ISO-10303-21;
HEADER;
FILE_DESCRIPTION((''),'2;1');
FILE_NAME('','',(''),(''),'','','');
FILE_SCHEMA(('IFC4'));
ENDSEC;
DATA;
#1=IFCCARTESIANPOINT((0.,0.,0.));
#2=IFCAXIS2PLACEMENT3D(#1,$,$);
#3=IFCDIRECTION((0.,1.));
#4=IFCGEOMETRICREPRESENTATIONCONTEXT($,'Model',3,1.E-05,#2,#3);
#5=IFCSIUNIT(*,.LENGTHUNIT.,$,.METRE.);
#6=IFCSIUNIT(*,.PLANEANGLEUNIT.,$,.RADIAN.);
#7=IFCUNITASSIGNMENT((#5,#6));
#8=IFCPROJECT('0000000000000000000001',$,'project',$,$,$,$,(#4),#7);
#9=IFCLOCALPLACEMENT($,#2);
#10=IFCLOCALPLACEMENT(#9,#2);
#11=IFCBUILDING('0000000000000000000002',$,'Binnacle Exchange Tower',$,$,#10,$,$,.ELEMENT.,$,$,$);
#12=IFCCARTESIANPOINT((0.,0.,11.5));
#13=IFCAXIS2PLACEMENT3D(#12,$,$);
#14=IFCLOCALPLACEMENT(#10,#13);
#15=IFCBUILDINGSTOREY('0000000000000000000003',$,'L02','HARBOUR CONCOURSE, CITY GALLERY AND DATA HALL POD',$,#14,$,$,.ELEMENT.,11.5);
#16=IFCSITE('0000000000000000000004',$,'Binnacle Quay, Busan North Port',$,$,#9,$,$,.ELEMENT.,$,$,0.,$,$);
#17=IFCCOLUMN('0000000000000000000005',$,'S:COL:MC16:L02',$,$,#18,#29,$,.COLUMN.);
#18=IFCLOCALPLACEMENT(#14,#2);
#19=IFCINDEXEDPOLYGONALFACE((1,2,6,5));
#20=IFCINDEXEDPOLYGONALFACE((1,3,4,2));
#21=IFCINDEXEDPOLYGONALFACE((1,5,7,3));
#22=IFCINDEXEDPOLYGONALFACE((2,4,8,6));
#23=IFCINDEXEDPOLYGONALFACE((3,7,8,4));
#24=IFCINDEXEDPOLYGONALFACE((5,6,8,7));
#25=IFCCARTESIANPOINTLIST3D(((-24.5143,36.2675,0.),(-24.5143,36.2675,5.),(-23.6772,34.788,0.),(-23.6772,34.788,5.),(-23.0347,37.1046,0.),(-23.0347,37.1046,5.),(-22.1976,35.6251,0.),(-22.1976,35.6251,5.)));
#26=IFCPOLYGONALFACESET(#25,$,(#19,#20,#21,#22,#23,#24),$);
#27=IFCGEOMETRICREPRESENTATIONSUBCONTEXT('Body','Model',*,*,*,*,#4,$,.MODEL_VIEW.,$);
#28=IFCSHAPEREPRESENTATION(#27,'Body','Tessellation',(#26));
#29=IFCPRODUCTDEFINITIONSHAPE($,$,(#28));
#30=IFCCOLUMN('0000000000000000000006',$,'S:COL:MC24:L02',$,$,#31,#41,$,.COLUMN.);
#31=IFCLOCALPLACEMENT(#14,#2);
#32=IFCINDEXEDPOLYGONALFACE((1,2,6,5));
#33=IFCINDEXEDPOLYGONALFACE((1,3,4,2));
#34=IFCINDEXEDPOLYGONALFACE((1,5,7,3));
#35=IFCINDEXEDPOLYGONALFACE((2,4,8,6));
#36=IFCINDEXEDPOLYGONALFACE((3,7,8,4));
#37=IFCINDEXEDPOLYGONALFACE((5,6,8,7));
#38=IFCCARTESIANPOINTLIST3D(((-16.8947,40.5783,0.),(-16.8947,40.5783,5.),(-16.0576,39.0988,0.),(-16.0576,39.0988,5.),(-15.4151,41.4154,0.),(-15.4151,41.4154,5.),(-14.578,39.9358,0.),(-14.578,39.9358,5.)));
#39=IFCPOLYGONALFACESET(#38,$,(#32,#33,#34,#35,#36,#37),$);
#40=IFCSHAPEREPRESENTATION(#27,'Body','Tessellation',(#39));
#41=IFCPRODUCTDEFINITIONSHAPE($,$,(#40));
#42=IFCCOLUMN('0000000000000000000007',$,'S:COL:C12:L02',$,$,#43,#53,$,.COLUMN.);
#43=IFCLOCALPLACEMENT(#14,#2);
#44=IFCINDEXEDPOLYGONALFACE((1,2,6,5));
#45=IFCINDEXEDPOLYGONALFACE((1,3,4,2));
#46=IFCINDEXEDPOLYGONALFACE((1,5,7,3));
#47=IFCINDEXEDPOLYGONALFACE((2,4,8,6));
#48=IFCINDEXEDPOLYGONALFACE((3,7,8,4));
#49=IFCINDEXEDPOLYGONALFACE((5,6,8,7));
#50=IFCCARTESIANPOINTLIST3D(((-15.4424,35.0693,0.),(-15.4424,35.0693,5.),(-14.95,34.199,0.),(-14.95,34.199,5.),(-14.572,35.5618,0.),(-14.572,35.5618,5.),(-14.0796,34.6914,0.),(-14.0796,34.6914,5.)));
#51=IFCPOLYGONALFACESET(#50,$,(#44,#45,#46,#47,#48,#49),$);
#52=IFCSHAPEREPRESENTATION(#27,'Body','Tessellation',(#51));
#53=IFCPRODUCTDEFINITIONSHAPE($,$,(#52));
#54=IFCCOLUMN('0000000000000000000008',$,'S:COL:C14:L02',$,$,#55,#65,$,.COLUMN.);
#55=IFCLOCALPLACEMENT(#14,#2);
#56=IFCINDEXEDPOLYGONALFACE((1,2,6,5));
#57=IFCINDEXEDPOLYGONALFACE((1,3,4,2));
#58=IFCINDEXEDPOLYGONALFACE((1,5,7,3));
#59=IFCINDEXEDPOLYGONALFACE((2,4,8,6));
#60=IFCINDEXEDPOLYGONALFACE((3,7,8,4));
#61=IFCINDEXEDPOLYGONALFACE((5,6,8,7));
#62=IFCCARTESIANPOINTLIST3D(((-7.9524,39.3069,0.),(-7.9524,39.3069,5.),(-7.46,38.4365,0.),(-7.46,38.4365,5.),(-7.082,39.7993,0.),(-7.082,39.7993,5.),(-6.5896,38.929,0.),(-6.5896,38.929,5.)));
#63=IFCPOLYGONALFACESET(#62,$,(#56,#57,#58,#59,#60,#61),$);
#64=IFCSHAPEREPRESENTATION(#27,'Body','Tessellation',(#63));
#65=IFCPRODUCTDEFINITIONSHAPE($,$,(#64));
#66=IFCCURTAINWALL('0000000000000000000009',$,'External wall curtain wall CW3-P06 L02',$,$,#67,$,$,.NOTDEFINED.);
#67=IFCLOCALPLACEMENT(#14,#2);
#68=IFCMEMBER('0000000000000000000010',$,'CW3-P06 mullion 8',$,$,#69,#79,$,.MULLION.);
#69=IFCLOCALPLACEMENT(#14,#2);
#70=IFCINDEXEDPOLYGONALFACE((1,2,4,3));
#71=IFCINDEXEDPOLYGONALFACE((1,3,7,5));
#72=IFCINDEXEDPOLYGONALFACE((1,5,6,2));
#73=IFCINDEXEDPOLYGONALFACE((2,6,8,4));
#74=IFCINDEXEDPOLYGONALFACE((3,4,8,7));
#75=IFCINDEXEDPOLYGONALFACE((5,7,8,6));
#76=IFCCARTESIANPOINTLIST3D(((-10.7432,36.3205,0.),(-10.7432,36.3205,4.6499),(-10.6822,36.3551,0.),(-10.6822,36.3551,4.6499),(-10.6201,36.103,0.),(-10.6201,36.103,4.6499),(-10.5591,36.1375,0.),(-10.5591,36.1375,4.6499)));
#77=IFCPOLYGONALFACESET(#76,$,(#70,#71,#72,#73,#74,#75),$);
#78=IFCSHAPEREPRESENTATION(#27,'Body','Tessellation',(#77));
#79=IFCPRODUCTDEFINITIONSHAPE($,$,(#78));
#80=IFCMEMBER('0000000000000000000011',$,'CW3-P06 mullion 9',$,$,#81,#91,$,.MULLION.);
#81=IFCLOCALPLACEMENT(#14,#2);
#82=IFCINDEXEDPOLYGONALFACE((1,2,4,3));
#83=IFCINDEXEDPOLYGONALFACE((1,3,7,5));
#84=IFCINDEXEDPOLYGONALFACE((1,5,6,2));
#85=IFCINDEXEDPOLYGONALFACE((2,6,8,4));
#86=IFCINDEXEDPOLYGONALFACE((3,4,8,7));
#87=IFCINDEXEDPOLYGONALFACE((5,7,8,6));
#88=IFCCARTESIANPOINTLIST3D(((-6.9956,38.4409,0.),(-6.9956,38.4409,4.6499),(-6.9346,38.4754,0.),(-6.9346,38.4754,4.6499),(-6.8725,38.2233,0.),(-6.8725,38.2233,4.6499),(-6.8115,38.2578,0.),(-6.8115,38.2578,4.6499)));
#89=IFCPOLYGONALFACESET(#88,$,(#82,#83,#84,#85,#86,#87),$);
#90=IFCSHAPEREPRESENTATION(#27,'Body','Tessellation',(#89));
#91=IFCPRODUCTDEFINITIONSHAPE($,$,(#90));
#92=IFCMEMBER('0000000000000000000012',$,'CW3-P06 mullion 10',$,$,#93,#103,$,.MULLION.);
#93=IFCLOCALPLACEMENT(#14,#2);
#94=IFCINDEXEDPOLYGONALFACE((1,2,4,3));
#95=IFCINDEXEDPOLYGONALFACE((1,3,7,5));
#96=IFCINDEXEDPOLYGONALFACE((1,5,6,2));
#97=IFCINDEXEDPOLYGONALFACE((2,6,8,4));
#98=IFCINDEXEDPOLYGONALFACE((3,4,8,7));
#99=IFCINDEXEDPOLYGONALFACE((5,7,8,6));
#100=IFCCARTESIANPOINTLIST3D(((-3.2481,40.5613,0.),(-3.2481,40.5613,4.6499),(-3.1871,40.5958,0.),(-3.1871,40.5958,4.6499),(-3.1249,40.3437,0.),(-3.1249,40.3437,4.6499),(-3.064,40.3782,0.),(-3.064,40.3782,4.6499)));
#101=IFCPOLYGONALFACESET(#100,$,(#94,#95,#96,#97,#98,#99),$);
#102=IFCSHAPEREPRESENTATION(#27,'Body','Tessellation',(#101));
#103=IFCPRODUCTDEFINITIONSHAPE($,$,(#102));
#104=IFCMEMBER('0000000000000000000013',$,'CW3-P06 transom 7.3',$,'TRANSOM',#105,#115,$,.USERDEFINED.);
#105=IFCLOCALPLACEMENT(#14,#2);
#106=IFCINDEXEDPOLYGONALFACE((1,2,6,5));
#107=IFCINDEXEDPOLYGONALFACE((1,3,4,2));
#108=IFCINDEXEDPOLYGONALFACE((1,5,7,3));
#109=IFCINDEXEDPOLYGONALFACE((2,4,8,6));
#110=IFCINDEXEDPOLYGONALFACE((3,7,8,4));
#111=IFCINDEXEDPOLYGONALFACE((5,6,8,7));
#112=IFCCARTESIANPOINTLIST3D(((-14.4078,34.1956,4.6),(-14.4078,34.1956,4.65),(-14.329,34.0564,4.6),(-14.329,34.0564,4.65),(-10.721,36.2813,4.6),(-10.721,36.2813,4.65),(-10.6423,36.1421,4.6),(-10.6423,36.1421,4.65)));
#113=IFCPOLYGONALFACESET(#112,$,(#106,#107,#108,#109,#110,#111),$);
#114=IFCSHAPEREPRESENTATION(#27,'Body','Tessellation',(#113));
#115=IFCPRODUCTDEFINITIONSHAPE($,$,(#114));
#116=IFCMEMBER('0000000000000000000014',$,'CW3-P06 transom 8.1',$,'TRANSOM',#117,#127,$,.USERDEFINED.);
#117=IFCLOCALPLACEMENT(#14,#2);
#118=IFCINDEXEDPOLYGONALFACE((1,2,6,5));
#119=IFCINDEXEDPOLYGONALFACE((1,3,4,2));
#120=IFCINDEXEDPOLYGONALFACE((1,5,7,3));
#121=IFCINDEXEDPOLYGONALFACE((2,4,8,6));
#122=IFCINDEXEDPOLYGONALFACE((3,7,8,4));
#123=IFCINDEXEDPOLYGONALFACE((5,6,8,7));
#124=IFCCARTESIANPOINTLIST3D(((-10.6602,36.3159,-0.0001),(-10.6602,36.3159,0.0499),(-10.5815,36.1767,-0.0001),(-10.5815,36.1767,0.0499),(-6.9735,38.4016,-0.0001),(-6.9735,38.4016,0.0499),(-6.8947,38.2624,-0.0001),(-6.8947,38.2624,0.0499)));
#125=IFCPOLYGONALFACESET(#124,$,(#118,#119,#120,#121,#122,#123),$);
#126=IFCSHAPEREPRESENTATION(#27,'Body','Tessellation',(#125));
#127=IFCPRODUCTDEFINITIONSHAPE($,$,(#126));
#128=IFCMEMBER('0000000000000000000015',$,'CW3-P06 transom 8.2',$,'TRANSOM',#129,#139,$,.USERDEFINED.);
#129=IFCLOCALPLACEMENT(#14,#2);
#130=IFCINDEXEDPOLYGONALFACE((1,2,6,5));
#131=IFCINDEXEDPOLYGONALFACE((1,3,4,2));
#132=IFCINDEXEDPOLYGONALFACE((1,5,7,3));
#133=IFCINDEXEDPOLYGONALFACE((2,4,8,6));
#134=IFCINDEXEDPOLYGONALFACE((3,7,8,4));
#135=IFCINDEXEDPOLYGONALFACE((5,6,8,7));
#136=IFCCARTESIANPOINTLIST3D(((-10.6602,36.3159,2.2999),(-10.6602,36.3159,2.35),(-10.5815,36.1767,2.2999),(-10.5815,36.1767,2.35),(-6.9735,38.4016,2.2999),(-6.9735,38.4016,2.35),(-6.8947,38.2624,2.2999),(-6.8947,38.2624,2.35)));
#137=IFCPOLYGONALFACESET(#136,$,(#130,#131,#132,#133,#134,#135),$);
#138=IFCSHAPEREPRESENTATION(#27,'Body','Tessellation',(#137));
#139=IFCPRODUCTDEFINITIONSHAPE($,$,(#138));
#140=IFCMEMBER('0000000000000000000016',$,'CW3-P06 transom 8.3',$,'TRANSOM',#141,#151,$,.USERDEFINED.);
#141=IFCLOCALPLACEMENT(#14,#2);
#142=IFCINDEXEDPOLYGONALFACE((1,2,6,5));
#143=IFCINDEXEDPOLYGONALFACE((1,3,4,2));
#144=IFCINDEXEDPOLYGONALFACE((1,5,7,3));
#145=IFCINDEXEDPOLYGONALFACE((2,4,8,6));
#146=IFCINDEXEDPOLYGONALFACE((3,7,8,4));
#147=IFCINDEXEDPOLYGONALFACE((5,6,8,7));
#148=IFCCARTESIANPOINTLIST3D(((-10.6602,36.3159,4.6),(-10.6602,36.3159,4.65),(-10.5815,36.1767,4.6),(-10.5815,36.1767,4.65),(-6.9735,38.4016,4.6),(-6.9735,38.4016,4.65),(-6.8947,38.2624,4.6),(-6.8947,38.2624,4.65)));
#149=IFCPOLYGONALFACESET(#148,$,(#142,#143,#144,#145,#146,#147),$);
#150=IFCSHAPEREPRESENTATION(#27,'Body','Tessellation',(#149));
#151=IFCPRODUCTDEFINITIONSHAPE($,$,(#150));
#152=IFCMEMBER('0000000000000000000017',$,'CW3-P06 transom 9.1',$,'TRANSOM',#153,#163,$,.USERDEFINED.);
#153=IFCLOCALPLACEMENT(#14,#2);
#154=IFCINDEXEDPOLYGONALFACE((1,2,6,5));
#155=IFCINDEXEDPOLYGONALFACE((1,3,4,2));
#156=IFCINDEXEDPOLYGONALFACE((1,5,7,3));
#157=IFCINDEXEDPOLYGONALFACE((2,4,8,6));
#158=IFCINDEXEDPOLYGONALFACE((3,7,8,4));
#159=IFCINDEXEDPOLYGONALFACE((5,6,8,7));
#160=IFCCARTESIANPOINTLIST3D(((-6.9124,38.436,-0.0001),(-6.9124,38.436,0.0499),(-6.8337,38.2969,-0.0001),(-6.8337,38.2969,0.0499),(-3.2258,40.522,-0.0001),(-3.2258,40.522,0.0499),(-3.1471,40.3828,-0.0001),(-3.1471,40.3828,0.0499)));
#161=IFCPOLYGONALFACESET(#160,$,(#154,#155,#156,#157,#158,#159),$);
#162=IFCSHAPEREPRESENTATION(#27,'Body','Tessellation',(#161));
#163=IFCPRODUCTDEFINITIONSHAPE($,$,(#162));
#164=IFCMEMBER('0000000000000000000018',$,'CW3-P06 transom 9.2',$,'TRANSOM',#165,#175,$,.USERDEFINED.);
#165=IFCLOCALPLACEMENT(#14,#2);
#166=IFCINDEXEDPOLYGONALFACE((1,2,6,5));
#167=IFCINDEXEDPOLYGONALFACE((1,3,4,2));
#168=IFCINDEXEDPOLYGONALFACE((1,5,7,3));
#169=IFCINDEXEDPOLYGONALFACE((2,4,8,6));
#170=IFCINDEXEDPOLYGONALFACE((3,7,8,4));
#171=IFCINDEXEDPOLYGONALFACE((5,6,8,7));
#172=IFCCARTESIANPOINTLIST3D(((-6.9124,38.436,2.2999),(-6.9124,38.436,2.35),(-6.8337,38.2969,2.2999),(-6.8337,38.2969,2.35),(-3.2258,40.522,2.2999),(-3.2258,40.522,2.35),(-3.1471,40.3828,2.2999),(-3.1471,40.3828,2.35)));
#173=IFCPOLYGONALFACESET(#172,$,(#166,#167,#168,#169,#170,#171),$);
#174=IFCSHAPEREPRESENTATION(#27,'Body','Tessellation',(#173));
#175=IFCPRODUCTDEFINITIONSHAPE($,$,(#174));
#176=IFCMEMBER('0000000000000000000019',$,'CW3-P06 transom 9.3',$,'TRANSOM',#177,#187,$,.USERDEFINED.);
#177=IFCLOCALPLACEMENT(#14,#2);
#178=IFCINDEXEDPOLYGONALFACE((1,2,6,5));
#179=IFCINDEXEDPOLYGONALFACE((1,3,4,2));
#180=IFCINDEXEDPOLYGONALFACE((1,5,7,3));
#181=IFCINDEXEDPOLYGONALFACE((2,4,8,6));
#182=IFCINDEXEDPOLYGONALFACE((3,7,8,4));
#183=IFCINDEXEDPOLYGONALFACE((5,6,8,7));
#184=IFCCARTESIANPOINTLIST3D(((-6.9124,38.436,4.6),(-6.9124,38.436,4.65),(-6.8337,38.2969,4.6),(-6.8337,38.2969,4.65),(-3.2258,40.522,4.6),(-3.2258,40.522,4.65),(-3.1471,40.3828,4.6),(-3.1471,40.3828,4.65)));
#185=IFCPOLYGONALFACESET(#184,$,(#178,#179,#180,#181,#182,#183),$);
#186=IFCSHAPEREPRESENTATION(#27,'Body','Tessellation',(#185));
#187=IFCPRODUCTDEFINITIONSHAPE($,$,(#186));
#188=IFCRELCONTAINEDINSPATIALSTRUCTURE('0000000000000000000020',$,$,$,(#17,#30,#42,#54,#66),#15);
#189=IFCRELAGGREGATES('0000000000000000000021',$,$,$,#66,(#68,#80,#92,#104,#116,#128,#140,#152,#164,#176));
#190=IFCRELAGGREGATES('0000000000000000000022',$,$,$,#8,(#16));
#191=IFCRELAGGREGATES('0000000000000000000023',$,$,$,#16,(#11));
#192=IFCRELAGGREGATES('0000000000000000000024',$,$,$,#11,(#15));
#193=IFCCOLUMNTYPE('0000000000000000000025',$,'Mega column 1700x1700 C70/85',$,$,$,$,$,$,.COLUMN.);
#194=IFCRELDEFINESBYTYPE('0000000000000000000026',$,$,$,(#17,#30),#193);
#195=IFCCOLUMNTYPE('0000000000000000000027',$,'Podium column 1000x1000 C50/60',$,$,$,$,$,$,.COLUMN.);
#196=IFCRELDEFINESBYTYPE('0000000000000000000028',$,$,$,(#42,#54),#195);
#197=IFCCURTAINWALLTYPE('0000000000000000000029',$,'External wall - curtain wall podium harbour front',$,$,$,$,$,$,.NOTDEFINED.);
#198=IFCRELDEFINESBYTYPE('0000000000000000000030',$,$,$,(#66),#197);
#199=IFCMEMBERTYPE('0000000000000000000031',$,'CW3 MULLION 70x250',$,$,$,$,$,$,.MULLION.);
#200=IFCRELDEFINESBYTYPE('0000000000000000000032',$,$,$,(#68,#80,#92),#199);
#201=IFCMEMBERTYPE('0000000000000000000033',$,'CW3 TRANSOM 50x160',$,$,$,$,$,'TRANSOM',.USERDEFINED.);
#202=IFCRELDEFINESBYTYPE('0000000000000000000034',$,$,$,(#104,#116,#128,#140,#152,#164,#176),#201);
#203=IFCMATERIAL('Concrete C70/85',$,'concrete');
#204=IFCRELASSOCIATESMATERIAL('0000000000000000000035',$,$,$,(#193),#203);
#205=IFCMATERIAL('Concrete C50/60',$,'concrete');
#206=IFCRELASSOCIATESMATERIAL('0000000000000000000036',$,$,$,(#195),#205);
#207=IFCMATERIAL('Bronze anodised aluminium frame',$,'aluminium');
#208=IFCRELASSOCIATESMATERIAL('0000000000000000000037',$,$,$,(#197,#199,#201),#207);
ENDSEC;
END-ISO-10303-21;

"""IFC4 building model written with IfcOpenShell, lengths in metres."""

from ifc_helpers import new_model, si_unit, direction, frame, origin, origin_2d, place, context, subcontext, project, spatial, rectangle, extrude, material, material_profile, profile_set, type_object, element, aggregate, save


model = new_model("IFC4")

# Units and contexts
model_context = context("Model", 3, precision=1e-05, world=origin(), true_north=direction((0.0, 1.0)))
body_context = subcontext(model_context, "Body", "Model", "MODEL_VIEW")
ifc_project = project(units=[si_unit("LENGTHUNIT", "METRE"), si_unit("PLANEANGLEUNIT", "RADIAN")], contexts=[model_context])

# Site, building, storey
site_placement = place(None, origin())
site = spatial("IfcSite", under=ifc_project, at=site_placement, Name="Binnacle Quay, Busan North Port", CompositionType="ELEMENT", RefElevation=0.0)
building_placement = place(site_placement, origin())
building = spatial("IfcBuilding", under=site, at=building_placement, Name="Binnacle Exchange Tower", CompositionType="ELEMENT")
storey_placement = place(building_placement, frame((0.0, 0.0, 11.5)))
storey = spatial("IfcBuildingStorey", under=building, at=storey_placement, Name="L02", Description="HARBOUR CONCOURSE, CITY GALLERY AND DATA HALL POD", CompositionType="ELEMENT", Elevation=11.5)

# Columns
ifc_material_1 = material(Name="Concrete C70/85", Category="concrete")
ifc_material_profile_1 = material_profile(ifc_material_1, rectangle(XDim=1.7, YDim=1.7, at=origin_2d()), Name="Mega column 1700x1700 C70/85")
ifc_profile_set_1 = profile_set([ifc_material_profile_1], Name="Concrete C70/85")
column_type_1 = type_object("IfcColumnType", Name="Mega column 1700x1700 C70/85", PredefinedType="COLUMN", material=ifc_profile_set_1)
for number, where, z_axis, x_axis, name in (
    (1, (-23.356, 35.9463, 0.0), (0.0, 0.0, 1.0), (0.870356, 0.492424, 0.0), "S:COL:MC16:L02"),
    (2, (-15.7363, 40.2571, 0.0), (0.0, 0.0, 1.0), (0.870356, 0.492424, 0.0), "S:COL:MC24:L02"),
):
    element("IfcColumn", number, at=place(storey_placement, frame(where, z_axis=z_axis, x_axis=x_axis)), inside=storey, type_object=column_type_1, Name=name, PredefinedType="COLUMN", context=body_context, shape_type="SweptSolid", body=[
        extrude(rectangle(XDim=1.7, YDim=1.7, at=origin_2d()), origin(), (0.0, 0.0, 1.0), 5.0),
    ])
ifc_material_2 = material(Name="Concrete C50/60", Category="concrete")
ifc_material_profile_2 = material_profile(ifc_material_2, rectangle(XDim=1.0, YDim=1.0, at=origin_2d()), Name="Podium column 1000x1000 C50/60")
ifc_profile_set_2 = profile_set([ifc_material_profile_2], Name="Concrete C50/60")
column_type_2 = type_object("IfcColumnType", Name="Podium column 1000x1000 C50/60", PredefinedType="COLUMN", material=ifc_profile_set_2)
for number, where, z_axis, x_axis, name in (
    (3, (-14.761, 34.8804, 0.0), (0.0, 0.0, 1.0), (0.870356, 0.492424, 0.0), "S:COL:C12:L02"),
    (4, (-7.271, 39.1179, 0.0), (0.0, 0.0, 1.0), (0.870356, 0.492424, 0.0), "S:COL:C14:L02"),
):
    element("IfcColumn", number, at=place(storey_placement, frame(where, z_axis=z_axis, x_axis=x_axis)), inside=storey, type_object=column_type_2, Name=name, PredefinedType="COLUMN", context=body_context, shape_type="SweptSolid", body=[
        extrude(rectangle(XDim=1.0, YDim=1.0, at=origin_2d()), origin(), (0.0, 0.0, 1.0), 5.0),
    ])

# Curtain wall, members
ifc_material_3 = material(Name="Bronze anodised aluminium frame", Category="aluminium")
curtain_wall_type = type_object("IfcCurtainWallType", Name="External wall - curtain wall podium harbour front", PredefinedType="NOTDEFINED", material=ifc_material_3)
curtain_wall_placement = place(storey_placement, origin())
curtain_wall = element("IfcCurtainWall", 5, at=curtain_wall_placement, inside=storey, type_object=curtain_wall_type, Name="External wall curtain wall CW3-P06 L02", PredefinedType="NOTDEFINED")
ifc_material_profile_3 = material_profile(ifc_material_3, rectangle(XDim=0.25, YDim=0.0701, at=origin_2d()), Name="AL 70x250")
ifc_profile_set_3 = profile_set([ifc_material_profile_3], Name="Bronze anodised aluminium frame")
member_type_1 = type_object("IfcMemberType", Name="CW3 MULLION 70x250", PredefinedType="MULLION", material=ifc_profile_set_3)
member_1_placement = place(storey_placement, frame((-10.6511, 36.229, 0.0), z_axis=(0.0, 0.0, 1.0), x_axis=(-0.492424, 0.870356, 0.0)))
member_1 = element("IfcMember", 6, at=member_1_placement, type_object=member_type_1, Name="CW3-P06 mullion 8", PredefinedType="MULLION", context=body_context, shape_type="SweptSolid", body=[
    extrude(rectangle(XDim=0.25, YDim=0.0701, at=origin_2d()), origin(), (0.0, 0.0, 1.0), 4.6499),
])
member_2_placement = place(storey_placement, frame((-6.9036, 38.3494, 0.0), z_axis=(0.0, 0.0, 1.0), x_axis=(-0.492424, 0.870356, 0.0)))
member_2 = element("IfcMember", 7, at=member_2_placement, type_object=member_type_1, Name="CW3-P06 mullion 9", PredefinedType="MULLION", context=body_context, shape_type="SweptSolid", body=[
    extrude(rectangle(XDim=0.25, YDim=0.0701, at=origin_2d()), origin(), (0.0, 0.0, 1.0), 4.6499),
])
member_3_placement = place(storey_placement, frame((-3.156, 40.4697, 0.0), z_axis=(0.0, 0.0, 1.0), x_axis=(-0.492424, 0.870356, 0.0)))
member_3 = element("IfcMember", 8, at=member_3_placement, type_object=member_type_1, Name="CW3-P06 mullion 10", PredefinedType="MULLION", context=body_context, shape_type="SweptSolid", body=[
    extrude(rectangle(XDim=0.25, YDim=0.0701, at=origin_2d()), origin(), (0.0, 0.0, 1.0), 4.6499),
])
ifc_material_profile_4 = material_profile(ifc_material_3, rectangle(XDim=0.1599, YDim=0.05, at=origin_2d()), Name="AL 160x50")
ifc_profile_set_4 = profile_set([ifc_material_profile_4], Name="Bronze anodised aluminium frame")
member_type_2 = type_object("IfcMemberType", Name="CW3 TRANSOM 50x160", ElementType="TRANSOM", PredefinedType="USERDEFINED", material=ifc_profile_set_4)
member_4_placement = place(storey_placement, frame((-14.3684, 34.126, 4.625), z_axis=(0.870374, 0.492391, 0.0), x_axis=(-0.492391, 0.870374, 0.0)))
member_4 = element("IfcMember", 9, at=member_4_placement, type_object=member_type_2, Name="CW3-P06 transom 7.3", ObjectType="TRANSOM", PredefinedType="USERDEFINED", context=body_context, shape_type="SweptSolid", body=[
    extrude(rectangle(XDim=0.1599, YDim=0.05, at=origin_2d()), origin(), (0.0, 0.0, 1.0), 4.2358),
])
member_5_placement = place(storey_placement, frame((-10.6208, 36.2463, 0.0249), z_axis=(0.870374, 0.492391, 0.0), x_axis=(-0.492391, 0.870374, 0.0)))
member_5 = element("IfcMember", 10, at=member_5_placement, type_object=member_type_2, Name="CW3-P06 transom 8.1", ObjectType="TRANSOM", PredefinedType="USERDEFINED", context=body_context, shape_type="SweptSolid", body=[
    extrude(rectangle(XDim=0.1599, YDim=0.05, at=origin_2d()), origin(), (0.0, 0.0, 1.0), 4.2358),
])
member_6_placement = place(storey_placement, frame((-10.6208, 36.2463, 2.325), z_axis=(0.870374, 0.492391, 0.0), x_axis=(-0.492391, 0.870374, 0.0)))
member_6 = element("IfcMember", 11, at=member_6_placement, type_object=member_type_2, Name="CW3-P06 transom 8.2", ObjectType="TRANSOM", PredefinedType="USERDEFINED", context=body_context, shape_type="SweptSolid", body=[
    extrude(rectangle(XDim=0.1599, YDim=0.05, at=origin_2d()), origin(), (0.0, 0.0, 1.0), 4.2358),
])
member_7_placement = place(storey_placement, frame((-10.6208, 36.2463, 4.625), z_axis=(0.870374, 0.492391, 0.0), x_axis=(-0.492391, 0.870374, 0.0)))
member_7 = element("IfcMember", 12, at=member_7_placement, type_object=member_type_2, Name="CW3-P06 transom 8.3", ObjectType="TRANSOM", PredefinedType="USERDEFINED", context=body_context, shape_type="SweptSolid", body=[
    extrude(rectangle(XDim=0.1599, YDim=0.05, at=origin_2d()), origin(), (0.0, 0.0, 1.0), 4.2358),
])
member_8_placement = place(storey_placement, frame((-6.873, 38.3665, 0.0249), z_axis=(0.870335, 0.49246, 0.0), x_axis=(-0.49246, 0.870335, 0.0)))
member_8 = element("IfcMember", 13, at=member_8_placement, type_object=member_type_2, Name="CW3-P06 transom 9.1", ObjectType="TRANSOM", PredefinedType="USERDEFINED", context=body_context, shape_type="SweptSolid", body=[
    extrude(rectangle(XDim=0.1599, YDim=0.05, at=origin_2d()), origin(), (0.0, 0.0, 1.0), 4.2358),
])
member_9_placement = place(storey_placement, frame((-6.873, 38.3665, 2.325), z_axis=(0.870335, 0.49246, 0.0), x_axis=(-0.49246, 0.870335, 0.0)))
member_9 = element("IfcMember", 14, at=member_9_placement, type_object=member_type_2, Name="CW3-P06 transom 9.2", ObjectType="TRANSOM", PredefinedType="USERDEFINED", context=body_context, shape_type="SweptSolid", body=[
    extrude(rectangle(XDim=0.1599, YDim=0.05, at=origin_2d()), origin(), (0.0, 0.0, 1.0), 4.2358),
])
member_10_placement = place(storey_placement, frame((-6.873, 38.3665, 4.625), z_axis=(0.870335, 0.49246, 0.0), x_axis=(-0.49246, 0.870335, 0.0)))
member_10 = element("IfcMember", 15, at=member_10_placement, type_object=member_type_2, Name="CW3-P06 transom 9.3", ObjectType="TRANSOM", PredefinedType="USERDEFINED", context=body_context, shape_type="SweptSolid", body=[
    extrude(rectangle(XDim=0.1599, YDim=0.05, at=origin_2d()), origin(), (0.0, 0.0, 1.0), 4.2358),
])

aggregate(curtain_wall, [member_1, member_2, member_3, member_4, member_5, member_6, member_7, member_8, member_9, member_10])

save(model, "model.ifc")
